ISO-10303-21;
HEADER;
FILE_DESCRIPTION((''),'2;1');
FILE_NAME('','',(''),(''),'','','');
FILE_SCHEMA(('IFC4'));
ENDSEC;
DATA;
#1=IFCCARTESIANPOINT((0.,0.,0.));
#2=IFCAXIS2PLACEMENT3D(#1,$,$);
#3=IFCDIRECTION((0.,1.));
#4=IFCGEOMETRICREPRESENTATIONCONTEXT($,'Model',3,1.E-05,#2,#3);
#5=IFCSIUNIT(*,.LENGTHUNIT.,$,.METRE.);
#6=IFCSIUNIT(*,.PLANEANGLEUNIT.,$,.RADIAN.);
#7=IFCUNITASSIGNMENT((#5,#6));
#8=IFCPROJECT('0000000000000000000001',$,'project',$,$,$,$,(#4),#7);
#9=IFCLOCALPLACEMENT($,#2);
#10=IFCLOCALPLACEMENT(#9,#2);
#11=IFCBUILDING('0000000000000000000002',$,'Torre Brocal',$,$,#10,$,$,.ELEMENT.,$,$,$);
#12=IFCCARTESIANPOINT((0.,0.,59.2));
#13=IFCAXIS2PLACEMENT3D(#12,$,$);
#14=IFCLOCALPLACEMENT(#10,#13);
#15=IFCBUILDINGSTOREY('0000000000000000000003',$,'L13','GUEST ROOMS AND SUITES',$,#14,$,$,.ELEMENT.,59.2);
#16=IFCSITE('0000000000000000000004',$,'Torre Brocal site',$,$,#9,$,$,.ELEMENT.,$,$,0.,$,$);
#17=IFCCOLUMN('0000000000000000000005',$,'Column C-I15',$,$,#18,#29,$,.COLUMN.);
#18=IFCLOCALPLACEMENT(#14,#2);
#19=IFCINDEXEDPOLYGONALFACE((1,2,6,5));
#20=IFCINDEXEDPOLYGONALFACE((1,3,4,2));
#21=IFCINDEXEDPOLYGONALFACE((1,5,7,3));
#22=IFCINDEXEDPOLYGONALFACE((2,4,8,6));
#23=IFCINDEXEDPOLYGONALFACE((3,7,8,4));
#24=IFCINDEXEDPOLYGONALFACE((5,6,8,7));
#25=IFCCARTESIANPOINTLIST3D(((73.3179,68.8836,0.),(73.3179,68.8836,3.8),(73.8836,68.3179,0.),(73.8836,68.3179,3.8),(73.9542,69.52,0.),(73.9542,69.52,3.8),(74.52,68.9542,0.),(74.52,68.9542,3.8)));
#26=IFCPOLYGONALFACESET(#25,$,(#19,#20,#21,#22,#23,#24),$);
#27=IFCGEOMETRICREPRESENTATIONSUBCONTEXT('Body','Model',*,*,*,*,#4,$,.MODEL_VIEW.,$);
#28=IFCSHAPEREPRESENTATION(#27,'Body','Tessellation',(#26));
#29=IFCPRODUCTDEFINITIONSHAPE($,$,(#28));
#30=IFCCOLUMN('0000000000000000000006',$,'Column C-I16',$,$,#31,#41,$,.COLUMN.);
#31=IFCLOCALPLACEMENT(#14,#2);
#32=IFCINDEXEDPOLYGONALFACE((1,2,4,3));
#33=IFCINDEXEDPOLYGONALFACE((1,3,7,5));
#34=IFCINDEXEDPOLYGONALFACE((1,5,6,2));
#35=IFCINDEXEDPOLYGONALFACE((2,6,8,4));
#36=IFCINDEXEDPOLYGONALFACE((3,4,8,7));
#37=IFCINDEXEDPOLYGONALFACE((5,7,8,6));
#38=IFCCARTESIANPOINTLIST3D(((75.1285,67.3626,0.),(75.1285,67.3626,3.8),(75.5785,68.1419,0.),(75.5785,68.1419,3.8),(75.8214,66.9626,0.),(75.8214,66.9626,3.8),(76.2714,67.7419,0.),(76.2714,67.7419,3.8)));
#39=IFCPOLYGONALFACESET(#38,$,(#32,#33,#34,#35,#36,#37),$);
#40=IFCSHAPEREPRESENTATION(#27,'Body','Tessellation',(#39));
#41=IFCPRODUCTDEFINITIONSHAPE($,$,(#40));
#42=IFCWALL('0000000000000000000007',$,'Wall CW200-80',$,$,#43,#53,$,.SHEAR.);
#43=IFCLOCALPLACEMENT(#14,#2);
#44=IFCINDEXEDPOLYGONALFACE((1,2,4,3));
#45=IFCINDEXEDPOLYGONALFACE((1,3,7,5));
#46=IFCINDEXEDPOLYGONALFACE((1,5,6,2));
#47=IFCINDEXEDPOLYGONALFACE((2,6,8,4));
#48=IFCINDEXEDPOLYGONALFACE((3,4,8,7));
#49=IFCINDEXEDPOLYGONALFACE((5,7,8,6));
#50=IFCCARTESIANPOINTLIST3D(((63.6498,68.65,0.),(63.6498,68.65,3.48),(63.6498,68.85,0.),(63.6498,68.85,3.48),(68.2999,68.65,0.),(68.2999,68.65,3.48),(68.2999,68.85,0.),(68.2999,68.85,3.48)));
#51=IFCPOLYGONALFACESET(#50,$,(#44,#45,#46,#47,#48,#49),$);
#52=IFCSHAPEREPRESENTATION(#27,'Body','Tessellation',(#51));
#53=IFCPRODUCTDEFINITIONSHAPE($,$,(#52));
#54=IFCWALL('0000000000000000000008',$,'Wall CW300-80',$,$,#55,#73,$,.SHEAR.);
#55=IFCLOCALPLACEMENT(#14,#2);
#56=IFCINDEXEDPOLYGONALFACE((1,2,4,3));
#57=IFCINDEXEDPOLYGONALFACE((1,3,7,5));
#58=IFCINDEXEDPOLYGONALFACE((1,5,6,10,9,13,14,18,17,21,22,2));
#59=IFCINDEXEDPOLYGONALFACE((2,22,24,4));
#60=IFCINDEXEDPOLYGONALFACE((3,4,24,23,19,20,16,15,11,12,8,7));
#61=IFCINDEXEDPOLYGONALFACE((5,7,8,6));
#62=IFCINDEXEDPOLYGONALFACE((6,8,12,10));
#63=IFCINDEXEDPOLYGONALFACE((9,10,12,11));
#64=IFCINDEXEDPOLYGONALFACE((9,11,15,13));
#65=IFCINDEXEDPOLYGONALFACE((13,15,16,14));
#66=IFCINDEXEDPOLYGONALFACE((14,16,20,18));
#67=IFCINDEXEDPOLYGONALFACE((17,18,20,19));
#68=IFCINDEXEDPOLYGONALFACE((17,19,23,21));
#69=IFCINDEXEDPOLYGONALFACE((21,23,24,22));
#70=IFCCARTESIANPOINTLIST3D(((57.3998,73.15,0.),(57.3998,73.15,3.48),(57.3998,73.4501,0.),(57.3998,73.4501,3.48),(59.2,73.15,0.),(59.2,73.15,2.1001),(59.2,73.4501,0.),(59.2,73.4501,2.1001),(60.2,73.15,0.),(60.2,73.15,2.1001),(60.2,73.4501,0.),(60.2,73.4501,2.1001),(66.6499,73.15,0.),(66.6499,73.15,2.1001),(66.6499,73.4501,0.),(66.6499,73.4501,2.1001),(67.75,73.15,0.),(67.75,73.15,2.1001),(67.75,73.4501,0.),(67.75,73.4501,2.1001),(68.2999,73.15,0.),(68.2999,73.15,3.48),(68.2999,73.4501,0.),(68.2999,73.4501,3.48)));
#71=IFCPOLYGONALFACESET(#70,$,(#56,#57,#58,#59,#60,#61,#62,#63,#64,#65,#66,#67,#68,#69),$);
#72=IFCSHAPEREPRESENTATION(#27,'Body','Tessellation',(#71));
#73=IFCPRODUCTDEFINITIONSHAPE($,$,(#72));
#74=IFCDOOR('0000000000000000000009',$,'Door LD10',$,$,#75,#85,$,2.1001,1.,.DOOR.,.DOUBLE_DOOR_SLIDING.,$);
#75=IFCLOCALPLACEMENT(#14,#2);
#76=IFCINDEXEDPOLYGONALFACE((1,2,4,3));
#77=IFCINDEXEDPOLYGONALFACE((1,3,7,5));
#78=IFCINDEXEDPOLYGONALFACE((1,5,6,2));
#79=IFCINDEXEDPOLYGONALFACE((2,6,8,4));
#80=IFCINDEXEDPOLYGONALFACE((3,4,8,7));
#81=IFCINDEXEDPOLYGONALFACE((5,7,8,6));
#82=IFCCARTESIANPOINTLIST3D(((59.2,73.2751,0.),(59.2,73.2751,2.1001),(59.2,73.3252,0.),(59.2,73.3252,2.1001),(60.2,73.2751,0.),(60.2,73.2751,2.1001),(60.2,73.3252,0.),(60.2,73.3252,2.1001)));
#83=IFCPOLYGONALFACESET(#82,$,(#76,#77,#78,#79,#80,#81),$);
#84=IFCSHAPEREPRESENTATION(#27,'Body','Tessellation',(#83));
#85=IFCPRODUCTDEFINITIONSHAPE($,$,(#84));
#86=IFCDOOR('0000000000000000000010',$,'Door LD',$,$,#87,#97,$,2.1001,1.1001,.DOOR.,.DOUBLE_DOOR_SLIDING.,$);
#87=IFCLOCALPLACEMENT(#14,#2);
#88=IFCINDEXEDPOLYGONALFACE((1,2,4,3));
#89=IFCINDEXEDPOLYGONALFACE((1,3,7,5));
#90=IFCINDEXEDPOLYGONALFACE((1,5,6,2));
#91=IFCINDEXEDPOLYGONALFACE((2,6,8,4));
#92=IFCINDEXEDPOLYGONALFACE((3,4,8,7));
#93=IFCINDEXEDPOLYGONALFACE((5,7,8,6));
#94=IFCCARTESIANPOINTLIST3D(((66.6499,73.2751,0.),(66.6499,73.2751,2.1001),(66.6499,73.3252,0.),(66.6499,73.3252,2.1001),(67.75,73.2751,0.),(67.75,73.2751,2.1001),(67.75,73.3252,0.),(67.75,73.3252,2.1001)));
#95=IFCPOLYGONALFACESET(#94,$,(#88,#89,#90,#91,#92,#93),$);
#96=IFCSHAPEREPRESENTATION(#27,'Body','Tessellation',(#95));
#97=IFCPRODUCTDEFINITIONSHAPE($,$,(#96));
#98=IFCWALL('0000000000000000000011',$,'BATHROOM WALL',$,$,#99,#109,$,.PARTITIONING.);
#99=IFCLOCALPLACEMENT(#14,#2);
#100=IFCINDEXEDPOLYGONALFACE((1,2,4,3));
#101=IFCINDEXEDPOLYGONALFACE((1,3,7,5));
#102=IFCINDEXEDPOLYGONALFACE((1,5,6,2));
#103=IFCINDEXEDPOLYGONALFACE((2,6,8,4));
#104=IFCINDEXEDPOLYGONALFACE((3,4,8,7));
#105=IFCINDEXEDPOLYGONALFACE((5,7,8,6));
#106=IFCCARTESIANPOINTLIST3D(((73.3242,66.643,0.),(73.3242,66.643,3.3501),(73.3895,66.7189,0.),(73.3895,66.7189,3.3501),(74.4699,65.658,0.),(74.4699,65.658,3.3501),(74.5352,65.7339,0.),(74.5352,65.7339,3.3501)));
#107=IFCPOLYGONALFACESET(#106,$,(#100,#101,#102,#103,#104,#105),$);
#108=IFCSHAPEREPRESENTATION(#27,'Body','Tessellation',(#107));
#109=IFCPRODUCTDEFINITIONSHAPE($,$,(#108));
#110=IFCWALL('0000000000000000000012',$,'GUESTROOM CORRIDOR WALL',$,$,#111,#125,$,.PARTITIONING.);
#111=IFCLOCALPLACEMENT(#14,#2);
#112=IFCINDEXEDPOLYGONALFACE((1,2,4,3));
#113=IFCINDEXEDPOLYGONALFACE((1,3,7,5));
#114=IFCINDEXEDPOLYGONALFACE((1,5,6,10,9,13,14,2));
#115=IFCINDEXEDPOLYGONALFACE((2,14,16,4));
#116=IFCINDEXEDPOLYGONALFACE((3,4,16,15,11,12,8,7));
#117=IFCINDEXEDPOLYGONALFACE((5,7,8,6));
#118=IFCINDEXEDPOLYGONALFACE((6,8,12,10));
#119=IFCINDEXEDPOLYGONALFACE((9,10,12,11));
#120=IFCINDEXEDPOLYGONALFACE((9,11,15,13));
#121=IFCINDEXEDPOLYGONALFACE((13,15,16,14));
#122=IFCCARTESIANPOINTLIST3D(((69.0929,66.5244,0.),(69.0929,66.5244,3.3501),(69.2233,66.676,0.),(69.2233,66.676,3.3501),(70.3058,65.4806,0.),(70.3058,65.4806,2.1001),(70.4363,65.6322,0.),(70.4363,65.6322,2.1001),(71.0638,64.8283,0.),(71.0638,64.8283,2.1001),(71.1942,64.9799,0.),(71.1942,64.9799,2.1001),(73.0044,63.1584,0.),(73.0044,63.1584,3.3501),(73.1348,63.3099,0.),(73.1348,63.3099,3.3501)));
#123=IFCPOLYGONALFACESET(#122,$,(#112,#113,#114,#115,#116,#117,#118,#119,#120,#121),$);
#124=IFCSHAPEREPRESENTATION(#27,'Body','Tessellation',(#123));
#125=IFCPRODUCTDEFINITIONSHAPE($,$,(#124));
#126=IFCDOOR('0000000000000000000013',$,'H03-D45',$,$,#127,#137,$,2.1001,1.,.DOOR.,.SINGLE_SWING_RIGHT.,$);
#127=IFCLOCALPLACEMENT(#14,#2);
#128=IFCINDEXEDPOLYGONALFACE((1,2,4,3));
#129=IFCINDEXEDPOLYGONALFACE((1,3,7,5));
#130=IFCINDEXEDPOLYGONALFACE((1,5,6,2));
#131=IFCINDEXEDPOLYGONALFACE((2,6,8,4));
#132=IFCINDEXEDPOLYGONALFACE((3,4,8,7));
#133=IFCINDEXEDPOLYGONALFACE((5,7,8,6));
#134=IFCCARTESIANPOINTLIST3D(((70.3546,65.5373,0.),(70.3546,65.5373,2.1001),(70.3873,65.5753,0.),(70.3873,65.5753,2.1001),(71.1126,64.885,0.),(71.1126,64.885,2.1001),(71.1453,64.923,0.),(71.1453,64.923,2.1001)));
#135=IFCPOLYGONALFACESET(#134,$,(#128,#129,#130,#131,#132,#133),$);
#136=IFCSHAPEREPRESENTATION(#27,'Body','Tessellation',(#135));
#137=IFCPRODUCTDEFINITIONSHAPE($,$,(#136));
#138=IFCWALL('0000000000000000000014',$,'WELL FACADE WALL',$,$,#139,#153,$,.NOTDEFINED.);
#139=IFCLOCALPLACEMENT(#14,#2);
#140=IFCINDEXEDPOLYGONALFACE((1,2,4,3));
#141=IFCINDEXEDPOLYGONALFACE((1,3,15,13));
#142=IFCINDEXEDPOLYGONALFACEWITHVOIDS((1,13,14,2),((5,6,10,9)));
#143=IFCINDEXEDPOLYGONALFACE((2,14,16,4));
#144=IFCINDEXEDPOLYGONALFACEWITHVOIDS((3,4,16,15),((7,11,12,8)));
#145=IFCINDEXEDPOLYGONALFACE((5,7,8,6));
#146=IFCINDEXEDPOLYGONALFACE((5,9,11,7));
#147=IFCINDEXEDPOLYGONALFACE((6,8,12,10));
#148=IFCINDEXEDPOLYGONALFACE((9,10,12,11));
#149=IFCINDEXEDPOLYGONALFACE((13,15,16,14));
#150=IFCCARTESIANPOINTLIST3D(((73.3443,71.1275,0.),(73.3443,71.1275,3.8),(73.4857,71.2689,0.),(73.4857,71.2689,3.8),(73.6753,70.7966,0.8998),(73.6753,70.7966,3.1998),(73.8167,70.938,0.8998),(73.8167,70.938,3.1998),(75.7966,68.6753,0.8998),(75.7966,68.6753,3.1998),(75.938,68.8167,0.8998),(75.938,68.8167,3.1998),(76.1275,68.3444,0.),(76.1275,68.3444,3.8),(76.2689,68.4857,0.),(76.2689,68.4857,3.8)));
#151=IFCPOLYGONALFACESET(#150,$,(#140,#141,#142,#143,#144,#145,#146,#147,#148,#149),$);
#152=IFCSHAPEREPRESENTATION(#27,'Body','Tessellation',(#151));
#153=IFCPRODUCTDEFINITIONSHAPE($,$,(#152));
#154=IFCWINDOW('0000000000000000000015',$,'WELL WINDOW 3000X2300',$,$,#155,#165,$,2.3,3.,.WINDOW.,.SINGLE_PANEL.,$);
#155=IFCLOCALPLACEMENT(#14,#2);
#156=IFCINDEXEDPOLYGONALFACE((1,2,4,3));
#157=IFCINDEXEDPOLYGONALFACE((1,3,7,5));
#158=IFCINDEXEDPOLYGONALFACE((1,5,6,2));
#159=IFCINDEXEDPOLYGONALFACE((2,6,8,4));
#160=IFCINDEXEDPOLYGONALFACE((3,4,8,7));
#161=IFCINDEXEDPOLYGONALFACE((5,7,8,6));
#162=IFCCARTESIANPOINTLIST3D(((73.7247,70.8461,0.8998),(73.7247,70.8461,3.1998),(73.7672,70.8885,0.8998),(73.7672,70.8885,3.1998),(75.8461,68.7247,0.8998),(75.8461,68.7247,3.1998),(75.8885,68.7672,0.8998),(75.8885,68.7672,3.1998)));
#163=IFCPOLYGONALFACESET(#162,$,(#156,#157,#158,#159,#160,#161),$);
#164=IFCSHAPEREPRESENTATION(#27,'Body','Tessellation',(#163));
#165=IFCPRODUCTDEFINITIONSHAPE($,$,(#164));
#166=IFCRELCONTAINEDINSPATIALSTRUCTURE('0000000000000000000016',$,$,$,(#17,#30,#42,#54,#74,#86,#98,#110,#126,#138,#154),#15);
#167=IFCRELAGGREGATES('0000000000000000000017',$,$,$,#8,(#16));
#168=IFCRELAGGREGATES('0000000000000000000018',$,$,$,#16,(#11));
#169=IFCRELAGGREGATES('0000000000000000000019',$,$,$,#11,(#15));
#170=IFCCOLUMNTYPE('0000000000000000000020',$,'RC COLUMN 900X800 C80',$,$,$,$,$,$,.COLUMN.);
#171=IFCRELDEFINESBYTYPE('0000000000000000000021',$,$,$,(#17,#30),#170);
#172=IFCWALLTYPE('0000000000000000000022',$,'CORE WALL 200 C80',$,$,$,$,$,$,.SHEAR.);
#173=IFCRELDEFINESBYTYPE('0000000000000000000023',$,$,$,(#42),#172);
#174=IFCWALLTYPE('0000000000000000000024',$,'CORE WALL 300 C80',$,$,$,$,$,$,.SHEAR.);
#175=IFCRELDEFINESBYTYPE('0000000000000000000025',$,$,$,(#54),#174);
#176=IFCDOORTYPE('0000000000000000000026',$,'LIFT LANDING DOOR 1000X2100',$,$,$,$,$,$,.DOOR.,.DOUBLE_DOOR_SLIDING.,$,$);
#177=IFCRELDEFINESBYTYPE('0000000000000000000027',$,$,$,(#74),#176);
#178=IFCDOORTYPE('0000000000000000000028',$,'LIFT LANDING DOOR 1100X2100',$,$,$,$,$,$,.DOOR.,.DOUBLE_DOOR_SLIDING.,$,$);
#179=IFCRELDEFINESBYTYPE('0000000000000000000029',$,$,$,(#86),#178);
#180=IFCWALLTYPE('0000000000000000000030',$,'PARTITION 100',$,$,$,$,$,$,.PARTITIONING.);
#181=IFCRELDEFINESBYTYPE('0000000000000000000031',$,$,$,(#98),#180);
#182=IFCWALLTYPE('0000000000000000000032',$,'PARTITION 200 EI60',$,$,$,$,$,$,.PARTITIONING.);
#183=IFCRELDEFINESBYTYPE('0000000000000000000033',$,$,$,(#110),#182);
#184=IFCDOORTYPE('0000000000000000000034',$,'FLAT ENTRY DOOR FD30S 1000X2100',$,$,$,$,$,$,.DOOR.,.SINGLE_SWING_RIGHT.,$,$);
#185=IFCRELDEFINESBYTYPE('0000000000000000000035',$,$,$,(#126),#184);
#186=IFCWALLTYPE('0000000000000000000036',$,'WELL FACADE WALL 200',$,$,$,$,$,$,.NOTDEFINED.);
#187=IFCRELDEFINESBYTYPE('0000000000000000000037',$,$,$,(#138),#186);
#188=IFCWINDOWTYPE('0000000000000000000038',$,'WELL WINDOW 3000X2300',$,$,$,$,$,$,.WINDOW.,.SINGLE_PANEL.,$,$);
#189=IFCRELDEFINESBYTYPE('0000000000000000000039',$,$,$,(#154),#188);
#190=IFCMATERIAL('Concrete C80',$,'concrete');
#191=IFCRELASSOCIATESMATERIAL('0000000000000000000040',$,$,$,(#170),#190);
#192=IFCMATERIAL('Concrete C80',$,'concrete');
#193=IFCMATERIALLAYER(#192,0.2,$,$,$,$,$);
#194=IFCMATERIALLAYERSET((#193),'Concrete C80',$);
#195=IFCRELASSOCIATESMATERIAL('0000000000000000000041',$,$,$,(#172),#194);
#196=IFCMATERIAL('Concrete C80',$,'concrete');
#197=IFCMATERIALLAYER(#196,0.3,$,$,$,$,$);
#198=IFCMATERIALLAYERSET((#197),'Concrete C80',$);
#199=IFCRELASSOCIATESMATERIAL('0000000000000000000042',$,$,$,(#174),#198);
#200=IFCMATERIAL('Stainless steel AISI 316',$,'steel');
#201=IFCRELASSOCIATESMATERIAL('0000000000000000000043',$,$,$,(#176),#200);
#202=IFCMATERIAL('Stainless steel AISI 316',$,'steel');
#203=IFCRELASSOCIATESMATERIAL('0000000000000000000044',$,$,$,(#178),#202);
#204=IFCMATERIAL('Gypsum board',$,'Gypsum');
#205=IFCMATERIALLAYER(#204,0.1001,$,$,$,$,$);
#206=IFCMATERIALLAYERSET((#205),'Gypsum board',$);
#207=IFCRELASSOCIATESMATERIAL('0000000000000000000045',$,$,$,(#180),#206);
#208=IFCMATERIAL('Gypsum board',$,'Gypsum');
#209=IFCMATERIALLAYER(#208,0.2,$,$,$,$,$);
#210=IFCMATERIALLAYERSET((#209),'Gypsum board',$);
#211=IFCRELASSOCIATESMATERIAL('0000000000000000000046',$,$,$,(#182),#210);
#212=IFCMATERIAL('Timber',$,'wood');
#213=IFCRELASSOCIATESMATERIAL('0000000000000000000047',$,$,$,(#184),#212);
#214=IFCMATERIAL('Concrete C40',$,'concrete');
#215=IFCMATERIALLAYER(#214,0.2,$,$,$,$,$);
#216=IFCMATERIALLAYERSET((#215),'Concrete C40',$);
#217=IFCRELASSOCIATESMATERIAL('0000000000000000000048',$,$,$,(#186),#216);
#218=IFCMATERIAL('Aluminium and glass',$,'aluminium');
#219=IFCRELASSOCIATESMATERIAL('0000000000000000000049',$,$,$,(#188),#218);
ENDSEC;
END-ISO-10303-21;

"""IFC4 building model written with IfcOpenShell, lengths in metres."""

from ifc_helpers import new_model, si_unit, direction, frame, frame_2d, origin, origin_2d, place, context, subcontext, project, spatial, rectangle, extrude, material, layer, layer_set, material_profile, profile_set, type_object, element, fill, save


model = new_model("IFC4")

# Units and contexts
model_context = context("Model", 3, precision=1e-05, world=origin(), true_north=direction((0.0, 1.0)))
body_context = subcontext(model_context, "Body", "Model", "MODEL_VIEW")
ifc_project = project(units=[si_unit("LENGTHUNIT", "METRE"), si_unit("PLANEANGLEUNIT", "RADIAN")], contexts=[model_context])

# Site, building, storey
site_placement = place(None, origin())
site = spatial("IfcSite", under=ifc_project, at=site_placement, Name="Torre Brocal site", CompositionType="ELEMENT", RefElevation=0.0)
building_placement = place(site_placement, origin())
building = spatial("IfcBuilding", under=site, at=building_placement, Name="Torre Brocal", CompositionType="ELEMENT")
storey_placement = place(building_placement, frame((0.0, 0.0, 59.2)))
storey = spatial("IfcBuildingStorey", under=building, at=storey_placement, Name="L13", Description="GUEST ROOMS AND SUITES", CompositionType="ELEMENT", Elevation=59.2)

# Columns
ifc_material_1 = material(Name="Concrete C80", Category="concrete")
ifc_material_profile = material_profile(ifc_material_1, rectangle(XDim=0.8999, YDim=0.8, at=origin_2d()), Name="RC 900X800")
ifc_profile_set = profile_set([ifc_material_profile], Name="Concrete C80")
column_type = type_object("IfcColumnType", Name="RC COLUMN 900X800 C80", PredefinedType="COLUMN", material=ifc_profile_set)
for number, where, z_axis, x_axis, name in (
    (1, (73.9189, 68.9189, 0.0), (0.0, 0.0, 1.0), (-0.707107, -0.707107, 0.0), "Column C-I15"),
    (2, (75.7, 67.5522, 0.0), (0.0, 0.0, 1.0), (-0.5, -0.866025, 0.0), "Column C-I16"),
):
    element("IfcColumn", number, at=place(storey_placement, frame(where, z_axis=z_axis, x_axis=x_axis)), inside=storey, type_object=column_type, Name=name, PredefinedType="COLUMN", context=body_context, shape_type="SweptSolid", body=[
        extrude(rectangle(XDim=0.8999, YDim=0.8, at=origin_2d()), origin(), (0.0, 0.0, 1.0), 3.8),
    ])

# Wall
ifc_material_2 = material(Name="Concrete C80", Category="concrete")
ifc_layer_1 = layer(ifc_material_2, 0.2)
ifc_layer_set_1 = layer_set([ifc_layer_1], Name="Concrete C80")
wall_type_1 = type_object("IfcWallType", Name="CORE WALL 200 C80", PredefinedType="SHEAR", material=ifc_layer_set_1)
wall_1_placement = place(storey_placement, frame((68.3, 68.75, 0.0), z_axis=(0.0, 0.0, 1.0), x_axis=(-1.0, 0.0, 0.0)))
element("IfcWall", 3, at=wall_1_placement, inside=storey, type_object=wall_type_1, Name="Wall CW200-80", PredefinedType="SHEAR", context=body_context, shape_type="SweptSolid", body=[
    extrude(rectangle(XDim=4.6501, YDim=0.2, at=frame_2d((2.3252, 0.0))), origin(), (0.0, 0.0, 1.0), 3.48),
])

# Wall, openings, doors
ifc_material_3 = material(Name="Concrete C80", Category="concrete")
ifc_layer_2 = layer(ifc_material_3, 0.3)
ifc_layer_set_2 = layer_set([ifc_layer_2], Name="Concrete C80")
wall_type_2 = type_object("IfcWallType", Name="CORE WALL 300 C80", PredefinedType="SHEAR", material=ifc_layer_set_2)
wall_2_placement = place(storey_placement, frame((68.3, 73.3, 0.0), z_axis=(0.0, 0.0, 1.0), x_axis=(-1.0, 0.0, 0.0)))
wall_2 = element("IfcWall", 4, at=wall_2_placement, inside=storey, type_object=wall_type_2, Name="Wall CW300-80", PredefinedType="SHEAR", context=body_context, shape_type="SweptSolid", body=[
    extrude(rectangle(XDim=10.9001, YDim=0.3, at=frame_2d((5.4502, 0.0))), origin(), (0.0, 0.0, 1.0), 3.48),
])
opening_1_placement = place(wall_2_placement, frame((0.55, 0.0, 0.0)))
opening_1 = element("IfcOpeningElement", 5, at=opening_1_placement, cuts=wall_2, PredefinedType="OPENING", context=body_context, shape_type="SweptSolid", body=[
    extrude(rectangle(XDim=1.1001, YDim=2.1001, at=frame_2d((0.55, 1.05))), frame((0.0, 0.1599, 0.0), z_axis=(0.0, -1.0, 0.0), x_axis=(1.0, 0.0, 0.0)), (0.0, 0.0, 1.0), 0.3201),
])
opening_2_placement = place(wall_2_placement, frame((8.1001, 0.0, 0.0)))
opening_2 = element("IfcOpeningElement", 6, at=opening_2_placement, cuts=wall_2, PredefinedType="OPENING", context=body_context, shape_type="SweptSolid", body=[
    extrude(rectangle(XDim=1.0, YDim=2.1001, at=frame_2d((0.5, 1.05))), frame((0.0, 0.1599, 0.0), z_axis=(0.0, -1.0, 0.0), x_axis=(1.0, 0.0, 0.0)), (0.0, 0.0, 1.0), 0.3201),
])
ifc_material_4 = material(Name="Stainless steel AISI 316", Category="steel")
door_type_1 = type_object("IfcDoorType", Name="LIFT LANDING DOOR 1000X2100", OperationType="DOUBLE_DOOR_SLIDING", PredefinedType="DOOR", material=ifc_material_4)
door_1_placement = place(opening_2_placement, origin())
door_1 = element("IfcDoor", 7, at=door_1_placement, inside=storey, type_object=door_type_1, Name="Door LD10", OperationType="DOUBLE_DOOR_SLIDING", OverallHeight=2.1001, OverallWidth=1.0, PredefinedType="DOOR", context=body_context, shape_type="SweptSolid", body=[
    extrude(rectangle(XDim=1.0, YDim=2.1001, at=frame_2d((0.5, 1.05))), frame((0.0, 0.0249, 0.0), z_axis=(0.0, -1.0, 0.0), x_axis=(1.0, 0.0, 0.0)), (0.0, 0.0, 1.0), 0.05),
])
fill(opening_2, door_1)
ifc_material_5 = material(Name="Stainless steel AISI 316", Category="steel")
door_type_2 = type_object("IfcDoorType", Name="LIFT LANDING DOOR 1100X2100", OperationType="DOUBLE_DOOR_SLIDING", PredefinedType="DOOR", material=ifc_material_5)
door_2_placement = place(opening_1_placement, origin())
door_2 = element("IfcDoor", 8, at=door_2_placement, inside=storey, type_object=door_type_2, Name="Door LD", OperationType="DOUBLE_DOOR_SLIDING", OverallHeight=2.1001, OverallWidth=1.1001, PredefinedType="DOOR", context=body_context, shape_type="SweptSolid", body=[
    extrude(rectangle(XDim=1.1001, YDim=2.1001, at=frame_2d((0.55, 1.05))), frame((0.0, 0.0249, 0.0), z_axis=(0.0, -1.0, 0.0), x_axis=(1.0, 0.0, 0.0)), (0.0, 0.0, 1.0), 0.05),
])
fill(opening_1, door_2)

# Wall
ifc_material_6 = material(Name="Gypsum board", Category="Gypsum")
ifc_layer_3 = layer(ifc_material_6, 0.1001)
ifc_layer_set_3 = layer_set([ifc_layer_3], Name="Gypsum board")
wall_type_3 = type_object("IfcWallType", Name="PARTITION 100", PredefinedType="PARTITIONING", material=ifc_layer_set_3)
wall_3_placement = place(storey_placement, frame((73.3569, 66.6809, 0.0), z_axis=(0.0, 0.0, 1.0), x_axis=(0.758263, -0.651948, 0.0)))
element("IfcWall", 9, at=wall_3_placement, inside=storey, type_object=wall_type_3, Name="BATHROOM WALL", PredefinedType="PARTITIONING", context=body_context, shape_type="SweptSolid", body=[
    extrude(rectangle(XDim=1.511, YDim=0.1001, at=frame_2d((0.7554, 0.0))), origin(), (0.0, 0.0, 1.0), 3.3501),
])

# Wall, opening, door
ifc_material_7 = material(Name="Gypsum board", Category="Gypsum")
ifc_layer_4 = layer(ifc_material_7, 0.2)
ifc_layer_set_4 = layer_set([ifc_layer_4], Name="Gypsum board")
wall_type_4 = type_object("IfcWallType", Name="PARTITION 200 EI60", PredefinedType="PARTITIONING", material=ifc_layer_set_4)
wall_4_placement = place(storey_placement, frame((69.1582, 66.6001, 0.0), z_axis=(0.0, 0.0, 1.0), x_axis=(0.757976, -0.652282, 0.0)))
wall_4 = element("IfcWall", 10, at=wall_4_placement, inside=storey, type_object=wall_type_4, Name="GUESTROOM CORRIDOR WALL", PredefinedType="PARTITIONING", context=body_context, shape_type="SweptSolid", body=[
    extrude(rectangle(XDim=5.1604, YDim=0.2, at=frame_2d((2.5801, 0.0))), origin(), (0.0, 0.0, 1.0), 3.3501),
])
opening_3_placement = place(wall_4_placement, frame((1.6001, 0.0, 0.0)))
opening_3 = element("IfcOpeningElement", 11, at=opening_3_placement, cuts=wall_4, PredefinedType="OPENING", context=body_context, shape_type="SweptSolid", body=[
    extrude(rectangle(XDim=1.0, YDim=2.1001, at=frame_2d((0.5, 1.05))), frame((0.0, 0.1099, 0.0), z_axis=(0.0, -1.0, 0.0), x_axis=(1.0, 0.0, 0.0)), (0.0, 0.0, 1.0), 0.22),
])
ifc_material_8 = material(Name="Timber", Category="wood")
door_type_3 = type_object("IfcDoorType", Name="FLAT ENTRY DOOR FD30S 1000X2100", OperationType="SINGLE_SWING_RIGHT", PredefinedType="DOOR", material=ifc_material_8)
door_3_placement = place(opening_3_placement, origin())
door_3 = element("IfcDoor", 12, at=door_3_placement, inside=storey, type_object=door_type_3, Name="H03-D45", OperationType="SINGLE_SWING_RIGHT", OverallHeight=2.1001, OverallWidth=1.0, PredefinedType="DOOR", context=body_context, shape_type="SweptSolid", body=[
    extrude(rectangle(XDim=1.0, YDim=2.1001, at=frame_2d((0.5, 1.05))), frame((0.0, 0.0249, 0.0), z_axis=(0.0, -1.0, 0.0), x_axis=(1.0, 0.0, 0.0)), (0.0, 0.0, 1.0), 0.05),
])
fill(opening_3, door_3)

# Wall, opening, window
ifc_material_9 = material(Name="Concrete C40", Category="concrete")
ifc_layer_5 = layer(ifc_material_9, 0.2)
ifc_layer_set_5 = layer_set([ifc_layer_5], Name="Concrete C40")
wall_type_5 = type_object("IfcWallType", Name="WELL FACADE WALL 200", PredefinedType="NOTDEFINED", material=ifc_layer_set_5)
wall_5_placement = place(storey_placement, frame((73.415, 71.1982, 0.0), z_axis=(0.0, 0.0, 1.0), x_axis=(0.707107, -0.707107, 0.0)))
wall_5 = element("IfcWall", 13, at=wall_5_placement, inside=storey, type_object=wall_type_5, Name="WELL FACADE WALL", PredefinedType="NOTDEFINED", context=body_context, shape_type="SweptSolid", body=[
    extrude(rectangle(XDim=3.936, YDim=0.2, at=frame_2d((1.968, 0.0))), origin(), (0.0, 0.0, 1.0), 3.8),
])
opening_4_placement = place(wall_5_placement, frame((0.468, 0.0, 0.8999)))
opening_4 = element("IfcOpeningElement", 14, at=opening_4_placement, cuts=wall_5, PredefinedType="OPENING", context=body_context, shape_type="SweptSolid", body=[
    extrude(rectangle(XDim=3.0, YDim=2.3, at=frame_2d((1.5, 1.1499))), frame((0.0, 0.1099, 0.0), z_axis=(0.0, -1.0, 0.0), x_axis=(1.0, 0.0, 0.0)), (0.0, 0.0, 1.0), 0.22),
])
ifc_material_10 = material(Name="Aluminium and glass", Category="aluminium")
window_type = type_object("IfcWindowType", Name="WELL WINDOW 3000X2300", PartitioningType="SINGLE_PANEL", PredefinedType="WINDOW", material=ifc_material_10)
window_1_placement = place(opening_4_placement, origin())
window_1 = element("IfcWindow", 15, at=window_1_placement, inside=storey, type_object=window_type, Name="WELL WINDOW 3000X2300", OverallHeight=2.3, OverallWidth=3.0, PartitioningType="SINGLE_PANEL", PredefinedType="WINDOW", context=body_context, shape_type="SweptSolid", body=[
    extrude(rectangle(XDim=3.0, YDim=2.3, at=frame_2d((1.5, 1.1499))), frame((0.0, 0.03, 0.0), z_axis=(0.0, -1.0, 0.0), x_axis=(1.0, 0.0, 0.0)), (0.0, 0.0, 1.0), 0.0601),
])
fill(opening_4, window_1)

save(model, "model.ifc")
